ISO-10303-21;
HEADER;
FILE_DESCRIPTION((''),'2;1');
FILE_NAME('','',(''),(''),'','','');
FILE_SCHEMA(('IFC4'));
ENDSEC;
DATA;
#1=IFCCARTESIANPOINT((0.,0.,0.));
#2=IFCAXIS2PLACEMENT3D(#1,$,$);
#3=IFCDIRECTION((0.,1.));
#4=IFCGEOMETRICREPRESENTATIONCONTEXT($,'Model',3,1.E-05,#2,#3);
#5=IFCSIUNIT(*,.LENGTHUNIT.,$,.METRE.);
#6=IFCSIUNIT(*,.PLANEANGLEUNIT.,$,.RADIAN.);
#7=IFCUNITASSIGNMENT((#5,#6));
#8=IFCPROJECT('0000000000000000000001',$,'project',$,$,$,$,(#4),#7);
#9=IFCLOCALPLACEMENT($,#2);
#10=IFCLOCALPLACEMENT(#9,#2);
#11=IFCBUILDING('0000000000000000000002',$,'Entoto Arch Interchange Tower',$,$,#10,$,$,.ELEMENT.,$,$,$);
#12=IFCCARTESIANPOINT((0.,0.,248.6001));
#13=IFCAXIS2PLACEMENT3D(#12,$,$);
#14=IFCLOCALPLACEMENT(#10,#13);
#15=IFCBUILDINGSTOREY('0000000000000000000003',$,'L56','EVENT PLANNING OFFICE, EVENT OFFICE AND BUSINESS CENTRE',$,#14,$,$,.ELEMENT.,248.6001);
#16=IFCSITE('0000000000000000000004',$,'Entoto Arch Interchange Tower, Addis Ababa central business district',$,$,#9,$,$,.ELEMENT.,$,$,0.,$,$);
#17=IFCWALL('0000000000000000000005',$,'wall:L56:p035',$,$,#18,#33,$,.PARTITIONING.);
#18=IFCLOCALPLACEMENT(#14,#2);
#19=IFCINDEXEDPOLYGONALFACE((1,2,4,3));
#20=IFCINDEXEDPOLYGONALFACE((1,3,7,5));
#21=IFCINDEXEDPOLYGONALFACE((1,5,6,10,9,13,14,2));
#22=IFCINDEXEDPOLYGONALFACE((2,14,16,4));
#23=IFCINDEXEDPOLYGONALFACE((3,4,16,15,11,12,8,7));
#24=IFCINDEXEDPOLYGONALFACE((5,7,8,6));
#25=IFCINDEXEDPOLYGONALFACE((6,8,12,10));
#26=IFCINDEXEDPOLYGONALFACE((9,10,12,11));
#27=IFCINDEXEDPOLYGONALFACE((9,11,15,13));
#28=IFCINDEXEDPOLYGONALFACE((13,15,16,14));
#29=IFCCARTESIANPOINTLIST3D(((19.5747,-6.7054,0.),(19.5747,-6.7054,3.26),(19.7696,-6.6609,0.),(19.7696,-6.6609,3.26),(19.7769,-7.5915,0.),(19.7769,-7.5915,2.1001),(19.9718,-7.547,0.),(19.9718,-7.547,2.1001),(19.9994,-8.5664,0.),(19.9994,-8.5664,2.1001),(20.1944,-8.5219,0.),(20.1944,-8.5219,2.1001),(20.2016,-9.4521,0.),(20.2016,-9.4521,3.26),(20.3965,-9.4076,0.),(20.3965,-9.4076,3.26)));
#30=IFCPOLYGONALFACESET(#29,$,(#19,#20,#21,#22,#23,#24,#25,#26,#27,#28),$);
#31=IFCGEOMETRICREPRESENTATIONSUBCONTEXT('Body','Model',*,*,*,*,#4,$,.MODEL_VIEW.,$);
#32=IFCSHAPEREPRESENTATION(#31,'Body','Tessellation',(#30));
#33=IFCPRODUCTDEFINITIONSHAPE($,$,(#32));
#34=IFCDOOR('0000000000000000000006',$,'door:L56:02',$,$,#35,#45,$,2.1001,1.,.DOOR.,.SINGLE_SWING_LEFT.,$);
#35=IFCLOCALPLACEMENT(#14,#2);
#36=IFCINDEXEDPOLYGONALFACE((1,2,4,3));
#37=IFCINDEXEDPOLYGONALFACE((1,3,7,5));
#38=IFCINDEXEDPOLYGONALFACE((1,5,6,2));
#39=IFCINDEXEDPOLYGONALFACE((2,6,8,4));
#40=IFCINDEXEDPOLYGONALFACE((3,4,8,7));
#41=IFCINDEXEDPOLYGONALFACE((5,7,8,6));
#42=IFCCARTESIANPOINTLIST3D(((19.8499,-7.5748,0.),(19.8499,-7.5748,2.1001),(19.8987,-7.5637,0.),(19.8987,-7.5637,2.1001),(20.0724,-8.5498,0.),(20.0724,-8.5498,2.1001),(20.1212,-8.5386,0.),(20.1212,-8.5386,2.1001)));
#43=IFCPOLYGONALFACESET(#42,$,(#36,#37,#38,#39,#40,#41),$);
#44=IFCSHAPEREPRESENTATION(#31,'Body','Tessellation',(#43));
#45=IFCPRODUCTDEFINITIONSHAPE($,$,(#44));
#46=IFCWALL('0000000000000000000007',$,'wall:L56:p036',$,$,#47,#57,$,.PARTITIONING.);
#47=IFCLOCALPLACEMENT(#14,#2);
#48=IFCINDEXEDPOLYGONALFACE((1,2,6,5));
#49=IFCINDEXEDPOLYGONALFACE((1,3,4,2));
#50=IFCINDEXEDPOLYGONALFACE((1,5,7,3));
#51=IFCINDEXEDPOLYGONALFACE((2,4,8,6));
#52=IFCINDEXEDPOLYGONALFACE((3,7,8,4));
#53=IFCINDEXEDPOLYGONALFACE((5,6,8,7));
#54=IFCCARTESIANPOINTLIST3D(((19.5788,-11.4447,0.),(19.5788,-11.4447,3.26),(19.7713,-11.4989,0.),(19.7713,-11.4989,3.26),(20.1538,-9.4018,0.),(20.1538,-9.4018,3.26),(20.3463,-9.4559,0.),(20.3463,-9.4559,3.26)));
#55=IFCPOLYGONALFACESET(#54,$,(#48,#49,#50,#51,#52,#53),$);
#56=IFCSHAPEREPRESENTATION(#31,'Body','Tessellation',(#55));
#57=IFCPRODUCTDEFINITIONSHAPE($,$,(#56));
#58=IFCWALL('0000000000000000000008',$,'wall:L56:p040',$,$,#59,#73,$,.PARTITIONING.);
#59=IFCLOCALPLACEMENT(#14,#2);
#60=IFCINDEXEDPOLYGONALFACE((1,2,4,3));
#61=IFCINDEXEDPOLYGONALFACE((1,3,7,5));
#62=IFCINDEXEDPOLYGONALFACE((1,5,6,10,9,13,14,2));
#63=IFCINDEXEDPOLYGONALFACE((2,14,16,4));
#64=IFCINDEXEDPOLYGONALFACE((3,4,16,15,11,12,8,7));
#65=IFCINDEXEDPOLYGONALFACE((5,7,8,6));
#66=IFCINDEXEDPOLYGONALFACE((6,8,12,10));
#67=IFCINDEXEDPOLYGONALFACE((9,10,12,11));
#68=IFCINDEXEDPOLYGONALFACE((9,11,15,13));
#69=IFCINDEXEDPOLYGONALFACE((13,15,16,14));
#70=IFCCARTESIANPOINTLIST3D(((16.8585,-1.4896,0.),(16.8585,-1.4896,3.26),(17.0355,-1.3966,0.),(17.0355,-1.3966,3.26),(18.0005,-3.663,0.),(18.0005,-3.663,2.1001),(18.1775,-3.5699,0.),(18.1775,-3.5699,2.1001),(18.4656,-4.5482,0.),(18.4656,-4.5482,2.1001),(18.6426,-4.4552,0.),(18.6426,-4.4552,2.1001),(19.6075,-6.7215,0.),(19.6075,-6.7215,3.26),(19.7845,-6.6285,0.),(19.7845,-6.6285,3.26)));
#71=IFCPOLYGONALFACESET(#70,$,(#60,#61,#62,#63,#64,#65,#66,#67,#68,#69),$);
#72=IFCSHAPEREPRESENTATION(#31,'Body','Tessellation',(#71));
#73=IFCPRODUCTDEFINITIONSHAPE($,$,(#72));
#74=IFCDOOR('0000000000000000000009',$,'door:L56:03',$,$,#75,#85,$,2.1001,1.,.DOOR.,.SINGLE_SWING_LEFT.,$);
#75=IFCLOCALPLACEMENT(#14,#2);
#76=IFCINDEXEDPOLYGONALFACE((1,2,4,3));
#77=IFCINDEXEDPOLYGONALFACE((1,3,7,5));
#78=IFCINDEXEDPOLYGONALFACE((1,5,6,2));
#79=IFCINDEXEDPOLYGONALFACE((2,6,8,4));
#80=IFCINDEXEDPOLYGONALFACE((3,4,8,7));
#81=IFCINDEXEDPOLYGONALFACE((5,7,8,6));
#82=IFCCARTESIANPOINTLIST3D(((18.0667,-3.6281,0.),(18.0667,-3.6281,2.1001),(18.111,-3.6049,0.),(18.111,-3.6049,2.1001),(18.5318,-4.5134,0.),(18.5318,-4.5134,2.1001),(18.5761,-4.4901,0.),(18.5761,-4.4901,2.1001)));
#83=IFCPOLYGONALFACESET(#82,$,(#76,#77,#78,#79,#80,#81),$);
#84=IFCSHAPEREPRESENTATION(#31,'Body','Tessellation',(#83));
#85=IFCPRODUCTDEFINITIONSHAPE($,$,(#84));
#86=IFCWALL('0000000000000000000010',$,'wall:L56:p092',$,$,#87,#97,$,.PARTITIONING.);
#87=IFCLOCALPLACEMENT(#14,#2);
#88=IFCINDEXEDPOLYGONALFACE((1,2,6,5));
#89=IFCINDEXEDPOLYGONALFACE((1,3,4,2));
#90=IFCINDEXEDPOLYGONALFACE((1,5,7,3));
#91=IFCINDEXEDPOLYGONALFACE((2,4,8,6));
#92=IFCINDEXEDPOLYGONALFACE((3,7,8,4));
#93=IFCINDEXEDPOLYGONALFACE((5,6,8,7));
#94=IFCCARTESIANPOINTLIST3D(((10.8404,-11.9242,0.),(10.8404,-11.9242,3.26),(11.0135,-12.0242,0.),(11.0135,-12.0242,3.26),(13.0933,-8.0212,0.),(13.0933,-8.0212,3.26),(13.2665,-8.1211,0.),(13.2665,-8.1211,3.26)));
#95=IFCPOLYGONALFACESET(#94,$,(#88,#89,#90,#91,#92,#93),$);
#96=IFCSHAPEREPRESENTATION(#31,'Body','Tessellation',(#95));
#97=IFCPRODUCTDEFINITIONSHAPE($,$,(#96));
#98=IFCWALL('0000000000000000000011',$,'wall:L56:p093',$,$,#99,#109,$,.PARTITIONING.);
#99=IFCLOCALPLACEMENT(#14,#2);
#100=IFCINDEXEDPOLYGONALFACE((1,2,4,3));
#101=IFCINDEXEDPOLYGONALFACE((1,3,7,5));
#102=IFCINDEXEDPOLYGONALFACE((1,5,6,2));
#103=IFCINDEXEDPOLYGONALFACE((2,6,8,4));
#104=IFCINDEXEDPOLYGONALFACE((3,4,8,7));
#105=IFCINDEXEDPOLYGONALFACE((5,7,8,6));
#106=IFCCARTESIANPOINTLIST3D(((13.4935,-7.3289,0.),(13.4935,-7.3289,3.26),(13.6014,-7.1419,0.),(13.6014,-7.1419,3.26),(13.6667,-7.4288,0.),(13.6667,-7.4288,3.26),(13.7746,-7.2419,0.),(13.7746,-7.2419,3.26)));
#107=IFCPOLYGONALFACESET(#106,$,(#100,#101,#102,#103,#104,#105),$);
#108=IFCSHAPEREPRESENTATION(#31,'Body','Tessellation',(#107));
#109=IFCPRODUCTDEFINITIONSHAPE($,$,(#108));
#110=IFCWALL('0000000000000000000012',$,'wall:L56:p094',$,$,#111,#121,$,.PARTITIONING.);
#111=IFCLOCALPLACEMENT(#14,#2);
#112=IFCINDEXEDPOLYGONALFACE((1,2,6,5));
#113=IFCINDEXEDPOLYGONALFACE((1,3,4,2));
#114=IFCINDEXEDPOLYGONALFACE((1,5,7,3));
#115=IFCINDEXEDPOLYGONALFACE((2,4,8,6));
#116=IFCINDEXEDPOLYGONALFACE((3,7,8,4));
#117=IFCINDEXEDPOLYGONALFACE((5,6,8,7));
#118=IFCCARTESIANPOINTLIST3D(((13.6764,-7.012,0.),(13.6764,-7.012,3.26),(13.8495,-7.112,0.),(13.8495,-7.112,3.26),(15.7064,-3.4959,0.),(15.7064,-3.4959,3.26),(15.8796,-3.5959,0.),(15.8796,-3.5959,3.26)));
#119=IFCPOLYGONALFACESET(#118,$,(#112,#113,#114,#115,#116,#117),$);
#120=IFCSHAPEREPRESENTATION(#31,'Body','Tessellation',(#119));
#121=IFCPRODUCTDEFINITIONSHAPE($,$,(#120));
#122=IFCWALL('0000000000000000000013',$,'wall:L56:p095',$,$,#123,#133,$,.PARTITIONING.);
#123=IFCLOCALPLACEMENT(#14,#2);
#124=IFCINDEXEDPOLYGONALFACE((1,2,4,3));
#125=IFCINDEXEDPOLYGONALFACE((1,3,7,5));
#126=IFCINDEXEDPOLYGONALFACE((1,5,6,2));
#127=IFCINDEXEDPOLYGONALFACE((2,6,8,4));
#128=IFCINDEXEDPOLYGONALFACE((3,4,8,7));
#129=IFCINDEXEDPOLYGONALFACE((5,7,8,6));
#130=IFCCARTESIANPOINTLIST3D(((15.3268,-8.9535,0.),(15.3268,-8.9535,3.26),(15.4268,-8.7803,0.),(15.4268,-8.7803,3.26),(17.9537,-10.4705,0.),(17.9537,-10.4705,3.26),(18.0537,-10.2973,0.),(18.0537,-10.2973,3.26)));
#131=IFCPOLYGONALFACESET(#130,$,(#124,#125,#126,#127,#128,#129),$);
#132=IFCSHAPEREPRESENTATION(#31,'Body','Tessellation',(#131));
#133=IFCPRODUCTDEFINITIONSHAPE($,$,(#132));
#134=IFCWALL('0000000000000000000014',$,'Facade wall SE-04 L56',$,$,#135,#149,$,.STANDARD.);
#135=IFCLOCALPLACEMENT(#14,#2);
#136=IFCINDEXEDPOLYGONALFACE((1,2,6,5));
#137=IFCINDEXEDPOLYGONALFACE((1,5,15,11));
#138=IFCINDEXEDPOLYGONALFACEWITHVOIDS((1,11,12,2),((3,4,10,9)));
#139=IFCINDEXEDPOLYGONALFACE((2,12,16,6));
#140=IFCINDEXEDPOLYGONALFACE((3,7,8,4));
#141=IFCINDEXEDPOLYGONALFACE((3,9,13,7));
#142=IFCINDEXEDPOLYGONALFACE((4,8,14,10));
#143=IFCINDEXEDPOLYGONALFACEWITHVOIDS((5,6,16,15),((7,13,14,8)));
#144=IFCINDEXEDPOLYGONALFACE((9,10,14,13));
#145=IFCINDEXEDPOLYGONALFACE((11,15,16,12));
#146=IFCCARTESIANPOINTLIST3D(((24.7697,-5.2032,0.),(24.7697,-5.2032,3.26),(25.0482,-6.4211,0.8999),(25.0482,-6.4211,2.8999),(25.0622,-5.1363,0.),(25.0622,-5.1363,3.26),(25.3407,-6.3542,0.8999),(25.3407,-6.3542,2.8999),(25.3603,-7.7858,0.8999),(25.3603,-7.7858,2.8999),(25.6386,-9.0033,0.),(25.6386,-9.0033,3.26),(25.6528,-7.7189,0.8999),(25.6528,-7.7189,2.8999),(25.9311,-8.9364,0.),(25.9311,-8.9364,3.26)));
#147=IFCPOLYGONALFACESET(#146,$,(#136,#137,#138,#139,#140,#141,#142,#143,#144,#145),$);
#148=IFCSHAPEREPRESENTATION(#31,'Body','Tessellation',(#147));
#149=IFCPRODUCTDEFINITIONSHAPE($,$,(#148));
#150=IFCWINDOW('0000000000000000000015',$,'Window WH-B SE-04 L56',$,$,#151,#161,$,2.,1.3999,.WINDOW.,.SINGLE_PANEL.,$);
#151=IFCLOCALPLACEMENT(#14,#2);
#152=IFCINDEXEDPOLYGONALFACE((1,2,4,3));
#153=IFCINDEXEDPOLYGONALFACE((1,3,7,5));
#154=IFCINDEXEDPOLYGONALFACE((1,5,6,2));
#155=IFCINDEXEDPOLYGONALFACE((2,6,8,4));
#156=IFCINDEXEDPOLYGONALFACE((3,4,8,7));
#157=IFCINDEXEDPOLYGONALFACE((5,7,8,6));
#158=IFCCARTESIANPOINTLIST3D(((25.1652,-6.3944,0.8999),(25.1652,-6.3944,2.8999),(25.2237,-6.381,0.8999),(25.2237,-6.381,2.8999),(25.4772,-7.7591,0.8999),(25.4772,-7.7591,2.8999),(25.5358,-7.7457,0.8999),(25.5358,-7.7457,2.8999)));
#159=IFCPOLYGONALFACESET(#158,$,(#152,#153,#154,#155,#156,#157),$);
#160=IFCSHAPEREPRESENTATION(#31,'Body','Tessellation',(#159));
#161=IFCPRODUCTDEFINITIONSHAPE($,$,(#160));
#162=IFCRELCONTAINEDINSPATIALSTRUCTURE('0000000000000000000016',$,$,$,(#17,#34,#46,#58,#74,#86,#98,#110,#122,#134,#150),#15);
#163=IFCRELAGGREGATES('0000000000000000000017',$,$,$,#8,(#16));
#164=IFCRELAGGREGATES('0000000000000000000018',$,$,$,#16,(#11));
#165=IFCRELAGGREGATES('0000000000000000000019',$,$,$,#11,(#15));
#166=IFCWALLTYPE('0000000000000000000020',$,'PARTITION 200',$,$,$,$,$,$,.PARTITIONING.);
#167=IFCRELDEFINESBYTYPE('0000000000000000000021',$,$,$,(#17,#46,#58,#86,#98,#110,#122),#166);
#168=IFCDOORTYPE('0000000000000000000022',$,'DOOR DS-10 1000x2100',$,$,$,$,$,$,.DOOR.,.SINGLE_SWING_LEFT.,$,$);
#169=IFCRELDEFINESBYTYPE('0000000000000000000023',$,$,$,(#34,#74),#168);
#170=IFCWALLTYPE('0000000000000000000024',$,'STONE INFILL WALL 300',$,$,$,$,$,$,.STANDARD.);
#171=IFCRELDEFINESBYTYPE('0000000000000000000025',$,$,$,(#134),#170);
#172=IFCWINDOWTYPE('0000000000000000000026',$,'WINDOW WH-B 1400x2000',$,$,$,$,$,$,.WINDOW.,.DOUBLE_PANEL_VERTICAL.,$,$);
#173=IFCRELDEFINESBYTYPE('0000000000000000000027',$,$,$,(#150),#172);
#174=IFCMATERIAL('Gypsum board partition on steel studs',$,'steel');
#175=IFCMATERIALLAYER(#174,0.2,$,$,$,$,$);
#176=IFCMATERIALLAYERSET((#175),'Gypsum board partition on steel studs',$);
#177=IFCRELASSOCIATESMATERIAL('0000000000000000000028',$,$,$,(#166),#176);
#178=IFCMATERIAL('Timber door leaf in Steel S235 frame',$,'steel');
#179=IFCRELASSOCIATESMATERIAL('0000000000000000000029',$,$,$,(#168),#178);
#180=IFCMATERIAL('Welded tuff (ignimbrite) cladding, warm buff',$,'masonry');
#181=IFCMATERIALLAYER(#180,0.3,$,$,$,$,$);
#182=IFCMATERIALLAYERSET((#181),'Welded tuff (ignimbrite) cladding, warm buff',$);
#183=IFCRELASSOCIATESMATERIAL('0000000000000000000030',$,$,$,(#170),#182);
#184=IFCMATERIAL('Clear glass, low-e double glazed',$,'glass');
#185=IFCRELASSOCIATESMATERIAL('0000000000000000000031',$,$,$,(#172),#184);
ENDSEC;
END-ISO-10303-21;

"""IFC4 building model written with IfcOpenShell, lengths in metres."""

from ifc_helpers import new_model, si_unit, direction, frame, frame_2d, origin, place, context, subcontext, project, spatial, rectangle, extrude, material, layer, layer_set, type_object, element, fill, save


model = new_model("IFC4")

# Units and contexts
model_context = context("Model", 3, precision=1e-05, world=origin(), true_north=direction((0.0, 1.0)))
body_context = subcontext(model_context, "Body", "Model", "MODEL_VIEW")
ifc_project = project(units=[si_unit("LENGTHUNIT", "METRE"), si_unit("PLANEANGLEUNIT", "RADIAN")], contexts=[model_context])

# Site, building, storey
site_placement = place(None, origin())
site = spatial("IfcSite", under=ifc_project, at=site_placement, Name="Entoto Arch Interchange Tower, Addis Ababa central business district", CompositionType="ELEMENT", RefElevation=0.0)
building_placement = place(site_placement, origin())
building = spatial("IfcBuilding", under=site, at=building_placement, Name="Entoto Arch Interchange Tower", CompositionType="ELEMENT")
storey_placement = place(building_placement, frame((0.0, 0.0, 248.6001)))
storey = spatial("IfcBuildingStorey", under=building, at=storey_placement, Name="L56", Description="EVENT PLANNING OFFICE, EVENT OFFICE AND BUSINESS CENTRE", CompositionType="ELEMENT", Elevation=248.6001)

# Shared definitions
ifc_material_1 = material(Name="Gypsum board partition on steel studs", Category="steel")
ifc_layer_1 = layer(ifc_material_1, 0.2)
ifc_layer_set_1 = layer_set([ifc_layer_1], Name="Gypsum board partition on steel studs")
wall_type_1 = type_object("IfcWallType", Name="PARTITION 200", PredefinedType="PARTITIONING", material=ifc_layer_set_1)

# Shared definitions
ifc_material_2 = material(Name="Timber door leaf in Steel S235 frame", Category="steel")
door_type = type_object("IfcDoorType", Name="DOOR DS-10 1000x2100", OperationType="SINGLE_SWING_LEFT", PredefinedType="DOOR", material=ifc_material_2)

# Wall, opening, door
wall_1_placement = place(storey_placement, frame((19.6721, -6.6831, 0.0), z_axis=(0.0, 0.0, 1.0), x_axis=(0.222524, -0.974927, 0.0)))
wall_1 = element("IfcWall", 1, at=wall_1_placement, inside=storey, type_object=wall_type_1, Name="wall:L56:p035", PredefinedType="PARTITIONING", context=body_context, shape_type="SweptSolid", body=[
    extrude(rectangle(XDim=2.8174, YDim=0.2, at=frame_2d((1.4087, 0.0))), origin(), (0.0, 0.0, 1.0), 3.26),
])
opening_1_placement = place(wall_1_placement, frame((0.9089, 0.0, 0.0)))
opening_1 = element("IfcOpeningElement", 2, at=opening_1_placement, cuts=wall_1, PredefinedType="OPENING", context=body_context, shape_type="SweptSolid", body=[
    extrude(rectangle(XDim=1.0, YDim=2.1001, at=frame_2d((0.5, 1.05))), frame((0.0, 0.1099, 0.0), z_axis=(0.0, -1.0, 0.0), x_axis=(1.0, 0.0, 0.0)), (0.0, 0.0, 1.0), 0.22),
])
door_1_placement = place(opening_1_placement, origin())
door_1 = element("IfcDoor", 3, at=door_1_placement, inside=storey, type_object=door_type, Name="door:L56:02", OperationType="SINGLE_SWING_LEFT", OverallHeight=2.1001, OverallWidth=1.0, PredefinedType="DOOR", context=body_context, shape_type="SweptSolid", body=[
    extrude(rectangle(XDim=1.0, YDim=2.1001, at=frame_2d((0.5, 1.05))), frame((0.0, 0.0249, 0.0), z_axis=(0.0, -1.0, 0.0), x_axis=(1.0, 0.0, 0.0)), (0.0, 0.0, 1.0), 0.05),
])
fill(opening_1, door_1)

# Wall
wall_2_placement = place(storey_placement, frame((20.25, -9.429, 0.0), z_axis=(0.0, 0.0, 1.0), x_axis=(-0.270905, -0.962606, 0.0)))
element("IfcWall", 4, at=wall_2_placement, inside=storey, type_object=wall_type_1, Name="wall:L56:p036", PredefinedType="PARTITIONING", context=body_context, shape_type="SweptSolid", body=[
    extrude(rectangle(XDim=2.1223, YDim=0.2, at=frame_2d((1.061, 0.0))), origin(), (0.0, 0.0, 1.0), 3.26),
])

# Wall, opening, door
wall_3_placement = place(storey_placement, frame((16.947, -1.4431, 0.0), z_axis=(0.0, 0.0, 1.0), x_axis=(0.465133, -0.885241, 0.0)))
wall_3 = element("IfcWall", 5, at=wall_3_placement, inside=storey, type_object=wall_type_1, Name="wall:L56:p040", PredefinedType="PARTITIONING", context=body_context, shape_type="SweptSolid", body=[
    extrude(rectangle(XDim=5.9102, YDim=0.2, at=frame_2d((2.9551, 0.0))), origin(), (0.0, 0.0, 1.0), 3.26),
])
opening_2_placement = place(wall_3_placement, frame((2.4551, 0.0, 0.0)))
opening_2 = element("IfcOpeningElement", 6, at=opening_2_placement, cuts=wall_3, PredefinedType="OPENING", context=body_context, shape_type="SweptSolid", body=[
    extrude(rectangle(XDim=1.0, YDim=2.1001, at=frame_2d((0.5, 1.05))), frame((0.0, 0.1099, 0.0), z_axis=(0.0, -1.0, 0.0), x_axis=(1.0, 0.0, 0.0)), (0.0, 0.0, 1.0), 0.22),
])
door_2_placement = place(opening_2_placement, origin())
door_2 = element("IfcDoor", 7, at=door_2_placement, inside=storey, type_object=door_type, Name="door:L56:03", OperationType="SINGLE_SWING_LEFT", OverallHeight=2.1001, OverallWidth=1.0, PredefinedType="DOOR", context=body_context, shape_type="SweptSolid", body=[
    extrude(rectangle(XDim=1.0, YDim=2.1001, at=frame_2d((0.5, 1.05))), frame((0.0, 0.0249, 0.0), z_axis=(0.0, -1.0, 0.0), x_axis=(1.0, 0.0, 0.0)), (0.0, 0.0, 1.0), 0.05),
])
fill(opening_2, door_2)

# Walls
wall_4_placement = place(storey_placement, frame((13.1799, -8.071, 0.0), z_axis=(0.0, 0.0, 1.0), x_axis=(-0.499915, -0.866075, 0.0)))
element("IfcWall", 8, at=wall_4_placement, inside=storey, type_object=wall_type_1, Name="wall:L56:p092", PredefinedType="PARTITIONING", context=body_context, shape_type="SweptSolid", body=[
    extrude(rectangle(XDim=4.5066, YDim=0.2, at=frame_2d((2.2534, 0.0))), origin(), (0.0, 0.0, 1.0), 3.26),
])
wall_5_placement = place(storey_placement, frame((13.688, -7.1919, 0.0), z_axis=(0.0, 0.0, 1.0), x_axis=(-0.499788, -0.866148, 0.0)))
element("IfcWall", 9, at=wall_5_placement, inside=storey, type_object=wall_type_1, Name="wall:L56:p093", PredefinedType="PARTITIONING", context=body_context, shape_type="SweptSolid", body=[
    extrude(rectangle(XDim=0.2158, YDim=0.2, at=frame_2d((0.1079, 0.0))), origin(), (0.0, 0.0, 1.0), 3.26),
])
wall_6_placement = place(storey_placement, frame((15.793, -3.5459, 0.0), z_axis=(0.0, 0.0, 1.0), x_axis=(-0.5, -0.866025, 0.0)))
element("IfcWall", 10, at=wall_6_placement, inside=storey, type_object=wall_type_1, Name="wall:L56:p094", PredefinedType="PARTITIONING", context=body_context, shape_type="SweptSolid", body=[
    extrude(rectangle(XDim=4.0601, YDim=0.2, at=frame_2d((2.03, 0.0))), origin(), (0.0, 0.0, 1.0), 3.26),
])
wall_7_placement = place(storey_placement, frame((15.377, -8.8669, 0.0), z_axis=(0.0, 0.0, 1.0), x_axis=(0.865966, -0.500103, 0.0)))
element("IfcWall", 11, at=wall_7_placement, inside=storey, type_object=wall_type_1, Name="wall:L56:p095", PredefinedType="PARTITIONING", context=body_context, shape_type="SweptSolid", body=[
    extrude(rectangle(XDim=3.0334, YDim=0.2, at=frame_2d((1.5166, 0.0))), origin(), (0.0, 0.0, 1.0), 3.26),
])

# Wall, opening, window
ifc_material_3 = material(Name="Welded tuff (ignimbrite) cladding, warm buff", Category="masonry")
ifc_layer_2 = layer(ifc_material_3, 0.3)
ifc_layer_set_2 = layer_set([ifc_layer_2], Name="Welded tuff (ignimbrite) cladding, warm buff")
wall_type_2 = type_object("IfcWallType", Name="STONE INFILL WALL 300", PredefinedType="STANDARD", material=ifc_layer_set_2)
wall_8_placement = place(storey_placement, frame((25.7849, -8.97, 0.0), z_axis=(0.0, 0.0, 1.0), x_axis=(-0.222901, 0.974841, 0.0)))
wall_8 = element("IfcWall", 12, at=wall_8_placement, inside=storey, type_object=wall_type_2, Name="Facade wall SE-04 L56", PredefinedType="STANDARD", context=body_context, shape_type="SweptSolid", body=[
    extrude(rectangle(XDim=3.8982, YDim=0.3, at=frame_2d((1.9492, 0.0))), origin(), (0.0, 0.0, 1.0), 3.26),
])
opening_3_placement = place(wall_8_placement, frame((1.249, 0.0, 0.8999)))
opening_3 = element("IfcOpeningElement", 13, at=opening_3_placement, cuts=wall_8, PredefinedType="OPENING", context=body_context, shape_type="SweptSolid", body=[
    extrude(rectangle(XDim=1.3999, YDim=2.0, at=frame_2d((0.7, 1.0))), frame((0.0, 0.1602, 0.0), z_axis=(0.0, -1.0, 0.0), x_axis=(1.0, 0.0, 0.0)), (0.0, 0.0, 1.0), 0.3201),
])
ifc_material_4 = material(Name="Clear glass, low-e double glazed", Category="glass")
window_type = type_object("IfcWindowType", Name="WINDOW WH-B 1400x2000", PartitioningType="DOUBLE_PANEL_VERTICAL", PredefinedType="WINDOW", material=ifc_material_4)
window_1_placement = place(opening_3_placement, origin())
window_1 = element("IfcWindow", 14, at=window_1_placement, inside=storey, type_object=window_type, Name="Window WH-B SE-04 L56", OverallHeight=2.0, OverallWidth=1.3999, PartitioningType="SINGLE_PANEL", PredefinedType="WINDOW", context=body_context, shape_type="SweptSolid", body=[
    extrude(rectangle(XDim=1.3999, YDim=2.0, at=frame_2d((0.7, 1.0))), frame((0.0, 0.03, 0.0), z_axis=(0.0, -1.0, 0.0), x_axis=(1.0, 0.0, 0.0)), (0.0, 0.0, 1.0), 0.0601),
])
fill(opening_3, window_1)

save(model, "model.ifc")
